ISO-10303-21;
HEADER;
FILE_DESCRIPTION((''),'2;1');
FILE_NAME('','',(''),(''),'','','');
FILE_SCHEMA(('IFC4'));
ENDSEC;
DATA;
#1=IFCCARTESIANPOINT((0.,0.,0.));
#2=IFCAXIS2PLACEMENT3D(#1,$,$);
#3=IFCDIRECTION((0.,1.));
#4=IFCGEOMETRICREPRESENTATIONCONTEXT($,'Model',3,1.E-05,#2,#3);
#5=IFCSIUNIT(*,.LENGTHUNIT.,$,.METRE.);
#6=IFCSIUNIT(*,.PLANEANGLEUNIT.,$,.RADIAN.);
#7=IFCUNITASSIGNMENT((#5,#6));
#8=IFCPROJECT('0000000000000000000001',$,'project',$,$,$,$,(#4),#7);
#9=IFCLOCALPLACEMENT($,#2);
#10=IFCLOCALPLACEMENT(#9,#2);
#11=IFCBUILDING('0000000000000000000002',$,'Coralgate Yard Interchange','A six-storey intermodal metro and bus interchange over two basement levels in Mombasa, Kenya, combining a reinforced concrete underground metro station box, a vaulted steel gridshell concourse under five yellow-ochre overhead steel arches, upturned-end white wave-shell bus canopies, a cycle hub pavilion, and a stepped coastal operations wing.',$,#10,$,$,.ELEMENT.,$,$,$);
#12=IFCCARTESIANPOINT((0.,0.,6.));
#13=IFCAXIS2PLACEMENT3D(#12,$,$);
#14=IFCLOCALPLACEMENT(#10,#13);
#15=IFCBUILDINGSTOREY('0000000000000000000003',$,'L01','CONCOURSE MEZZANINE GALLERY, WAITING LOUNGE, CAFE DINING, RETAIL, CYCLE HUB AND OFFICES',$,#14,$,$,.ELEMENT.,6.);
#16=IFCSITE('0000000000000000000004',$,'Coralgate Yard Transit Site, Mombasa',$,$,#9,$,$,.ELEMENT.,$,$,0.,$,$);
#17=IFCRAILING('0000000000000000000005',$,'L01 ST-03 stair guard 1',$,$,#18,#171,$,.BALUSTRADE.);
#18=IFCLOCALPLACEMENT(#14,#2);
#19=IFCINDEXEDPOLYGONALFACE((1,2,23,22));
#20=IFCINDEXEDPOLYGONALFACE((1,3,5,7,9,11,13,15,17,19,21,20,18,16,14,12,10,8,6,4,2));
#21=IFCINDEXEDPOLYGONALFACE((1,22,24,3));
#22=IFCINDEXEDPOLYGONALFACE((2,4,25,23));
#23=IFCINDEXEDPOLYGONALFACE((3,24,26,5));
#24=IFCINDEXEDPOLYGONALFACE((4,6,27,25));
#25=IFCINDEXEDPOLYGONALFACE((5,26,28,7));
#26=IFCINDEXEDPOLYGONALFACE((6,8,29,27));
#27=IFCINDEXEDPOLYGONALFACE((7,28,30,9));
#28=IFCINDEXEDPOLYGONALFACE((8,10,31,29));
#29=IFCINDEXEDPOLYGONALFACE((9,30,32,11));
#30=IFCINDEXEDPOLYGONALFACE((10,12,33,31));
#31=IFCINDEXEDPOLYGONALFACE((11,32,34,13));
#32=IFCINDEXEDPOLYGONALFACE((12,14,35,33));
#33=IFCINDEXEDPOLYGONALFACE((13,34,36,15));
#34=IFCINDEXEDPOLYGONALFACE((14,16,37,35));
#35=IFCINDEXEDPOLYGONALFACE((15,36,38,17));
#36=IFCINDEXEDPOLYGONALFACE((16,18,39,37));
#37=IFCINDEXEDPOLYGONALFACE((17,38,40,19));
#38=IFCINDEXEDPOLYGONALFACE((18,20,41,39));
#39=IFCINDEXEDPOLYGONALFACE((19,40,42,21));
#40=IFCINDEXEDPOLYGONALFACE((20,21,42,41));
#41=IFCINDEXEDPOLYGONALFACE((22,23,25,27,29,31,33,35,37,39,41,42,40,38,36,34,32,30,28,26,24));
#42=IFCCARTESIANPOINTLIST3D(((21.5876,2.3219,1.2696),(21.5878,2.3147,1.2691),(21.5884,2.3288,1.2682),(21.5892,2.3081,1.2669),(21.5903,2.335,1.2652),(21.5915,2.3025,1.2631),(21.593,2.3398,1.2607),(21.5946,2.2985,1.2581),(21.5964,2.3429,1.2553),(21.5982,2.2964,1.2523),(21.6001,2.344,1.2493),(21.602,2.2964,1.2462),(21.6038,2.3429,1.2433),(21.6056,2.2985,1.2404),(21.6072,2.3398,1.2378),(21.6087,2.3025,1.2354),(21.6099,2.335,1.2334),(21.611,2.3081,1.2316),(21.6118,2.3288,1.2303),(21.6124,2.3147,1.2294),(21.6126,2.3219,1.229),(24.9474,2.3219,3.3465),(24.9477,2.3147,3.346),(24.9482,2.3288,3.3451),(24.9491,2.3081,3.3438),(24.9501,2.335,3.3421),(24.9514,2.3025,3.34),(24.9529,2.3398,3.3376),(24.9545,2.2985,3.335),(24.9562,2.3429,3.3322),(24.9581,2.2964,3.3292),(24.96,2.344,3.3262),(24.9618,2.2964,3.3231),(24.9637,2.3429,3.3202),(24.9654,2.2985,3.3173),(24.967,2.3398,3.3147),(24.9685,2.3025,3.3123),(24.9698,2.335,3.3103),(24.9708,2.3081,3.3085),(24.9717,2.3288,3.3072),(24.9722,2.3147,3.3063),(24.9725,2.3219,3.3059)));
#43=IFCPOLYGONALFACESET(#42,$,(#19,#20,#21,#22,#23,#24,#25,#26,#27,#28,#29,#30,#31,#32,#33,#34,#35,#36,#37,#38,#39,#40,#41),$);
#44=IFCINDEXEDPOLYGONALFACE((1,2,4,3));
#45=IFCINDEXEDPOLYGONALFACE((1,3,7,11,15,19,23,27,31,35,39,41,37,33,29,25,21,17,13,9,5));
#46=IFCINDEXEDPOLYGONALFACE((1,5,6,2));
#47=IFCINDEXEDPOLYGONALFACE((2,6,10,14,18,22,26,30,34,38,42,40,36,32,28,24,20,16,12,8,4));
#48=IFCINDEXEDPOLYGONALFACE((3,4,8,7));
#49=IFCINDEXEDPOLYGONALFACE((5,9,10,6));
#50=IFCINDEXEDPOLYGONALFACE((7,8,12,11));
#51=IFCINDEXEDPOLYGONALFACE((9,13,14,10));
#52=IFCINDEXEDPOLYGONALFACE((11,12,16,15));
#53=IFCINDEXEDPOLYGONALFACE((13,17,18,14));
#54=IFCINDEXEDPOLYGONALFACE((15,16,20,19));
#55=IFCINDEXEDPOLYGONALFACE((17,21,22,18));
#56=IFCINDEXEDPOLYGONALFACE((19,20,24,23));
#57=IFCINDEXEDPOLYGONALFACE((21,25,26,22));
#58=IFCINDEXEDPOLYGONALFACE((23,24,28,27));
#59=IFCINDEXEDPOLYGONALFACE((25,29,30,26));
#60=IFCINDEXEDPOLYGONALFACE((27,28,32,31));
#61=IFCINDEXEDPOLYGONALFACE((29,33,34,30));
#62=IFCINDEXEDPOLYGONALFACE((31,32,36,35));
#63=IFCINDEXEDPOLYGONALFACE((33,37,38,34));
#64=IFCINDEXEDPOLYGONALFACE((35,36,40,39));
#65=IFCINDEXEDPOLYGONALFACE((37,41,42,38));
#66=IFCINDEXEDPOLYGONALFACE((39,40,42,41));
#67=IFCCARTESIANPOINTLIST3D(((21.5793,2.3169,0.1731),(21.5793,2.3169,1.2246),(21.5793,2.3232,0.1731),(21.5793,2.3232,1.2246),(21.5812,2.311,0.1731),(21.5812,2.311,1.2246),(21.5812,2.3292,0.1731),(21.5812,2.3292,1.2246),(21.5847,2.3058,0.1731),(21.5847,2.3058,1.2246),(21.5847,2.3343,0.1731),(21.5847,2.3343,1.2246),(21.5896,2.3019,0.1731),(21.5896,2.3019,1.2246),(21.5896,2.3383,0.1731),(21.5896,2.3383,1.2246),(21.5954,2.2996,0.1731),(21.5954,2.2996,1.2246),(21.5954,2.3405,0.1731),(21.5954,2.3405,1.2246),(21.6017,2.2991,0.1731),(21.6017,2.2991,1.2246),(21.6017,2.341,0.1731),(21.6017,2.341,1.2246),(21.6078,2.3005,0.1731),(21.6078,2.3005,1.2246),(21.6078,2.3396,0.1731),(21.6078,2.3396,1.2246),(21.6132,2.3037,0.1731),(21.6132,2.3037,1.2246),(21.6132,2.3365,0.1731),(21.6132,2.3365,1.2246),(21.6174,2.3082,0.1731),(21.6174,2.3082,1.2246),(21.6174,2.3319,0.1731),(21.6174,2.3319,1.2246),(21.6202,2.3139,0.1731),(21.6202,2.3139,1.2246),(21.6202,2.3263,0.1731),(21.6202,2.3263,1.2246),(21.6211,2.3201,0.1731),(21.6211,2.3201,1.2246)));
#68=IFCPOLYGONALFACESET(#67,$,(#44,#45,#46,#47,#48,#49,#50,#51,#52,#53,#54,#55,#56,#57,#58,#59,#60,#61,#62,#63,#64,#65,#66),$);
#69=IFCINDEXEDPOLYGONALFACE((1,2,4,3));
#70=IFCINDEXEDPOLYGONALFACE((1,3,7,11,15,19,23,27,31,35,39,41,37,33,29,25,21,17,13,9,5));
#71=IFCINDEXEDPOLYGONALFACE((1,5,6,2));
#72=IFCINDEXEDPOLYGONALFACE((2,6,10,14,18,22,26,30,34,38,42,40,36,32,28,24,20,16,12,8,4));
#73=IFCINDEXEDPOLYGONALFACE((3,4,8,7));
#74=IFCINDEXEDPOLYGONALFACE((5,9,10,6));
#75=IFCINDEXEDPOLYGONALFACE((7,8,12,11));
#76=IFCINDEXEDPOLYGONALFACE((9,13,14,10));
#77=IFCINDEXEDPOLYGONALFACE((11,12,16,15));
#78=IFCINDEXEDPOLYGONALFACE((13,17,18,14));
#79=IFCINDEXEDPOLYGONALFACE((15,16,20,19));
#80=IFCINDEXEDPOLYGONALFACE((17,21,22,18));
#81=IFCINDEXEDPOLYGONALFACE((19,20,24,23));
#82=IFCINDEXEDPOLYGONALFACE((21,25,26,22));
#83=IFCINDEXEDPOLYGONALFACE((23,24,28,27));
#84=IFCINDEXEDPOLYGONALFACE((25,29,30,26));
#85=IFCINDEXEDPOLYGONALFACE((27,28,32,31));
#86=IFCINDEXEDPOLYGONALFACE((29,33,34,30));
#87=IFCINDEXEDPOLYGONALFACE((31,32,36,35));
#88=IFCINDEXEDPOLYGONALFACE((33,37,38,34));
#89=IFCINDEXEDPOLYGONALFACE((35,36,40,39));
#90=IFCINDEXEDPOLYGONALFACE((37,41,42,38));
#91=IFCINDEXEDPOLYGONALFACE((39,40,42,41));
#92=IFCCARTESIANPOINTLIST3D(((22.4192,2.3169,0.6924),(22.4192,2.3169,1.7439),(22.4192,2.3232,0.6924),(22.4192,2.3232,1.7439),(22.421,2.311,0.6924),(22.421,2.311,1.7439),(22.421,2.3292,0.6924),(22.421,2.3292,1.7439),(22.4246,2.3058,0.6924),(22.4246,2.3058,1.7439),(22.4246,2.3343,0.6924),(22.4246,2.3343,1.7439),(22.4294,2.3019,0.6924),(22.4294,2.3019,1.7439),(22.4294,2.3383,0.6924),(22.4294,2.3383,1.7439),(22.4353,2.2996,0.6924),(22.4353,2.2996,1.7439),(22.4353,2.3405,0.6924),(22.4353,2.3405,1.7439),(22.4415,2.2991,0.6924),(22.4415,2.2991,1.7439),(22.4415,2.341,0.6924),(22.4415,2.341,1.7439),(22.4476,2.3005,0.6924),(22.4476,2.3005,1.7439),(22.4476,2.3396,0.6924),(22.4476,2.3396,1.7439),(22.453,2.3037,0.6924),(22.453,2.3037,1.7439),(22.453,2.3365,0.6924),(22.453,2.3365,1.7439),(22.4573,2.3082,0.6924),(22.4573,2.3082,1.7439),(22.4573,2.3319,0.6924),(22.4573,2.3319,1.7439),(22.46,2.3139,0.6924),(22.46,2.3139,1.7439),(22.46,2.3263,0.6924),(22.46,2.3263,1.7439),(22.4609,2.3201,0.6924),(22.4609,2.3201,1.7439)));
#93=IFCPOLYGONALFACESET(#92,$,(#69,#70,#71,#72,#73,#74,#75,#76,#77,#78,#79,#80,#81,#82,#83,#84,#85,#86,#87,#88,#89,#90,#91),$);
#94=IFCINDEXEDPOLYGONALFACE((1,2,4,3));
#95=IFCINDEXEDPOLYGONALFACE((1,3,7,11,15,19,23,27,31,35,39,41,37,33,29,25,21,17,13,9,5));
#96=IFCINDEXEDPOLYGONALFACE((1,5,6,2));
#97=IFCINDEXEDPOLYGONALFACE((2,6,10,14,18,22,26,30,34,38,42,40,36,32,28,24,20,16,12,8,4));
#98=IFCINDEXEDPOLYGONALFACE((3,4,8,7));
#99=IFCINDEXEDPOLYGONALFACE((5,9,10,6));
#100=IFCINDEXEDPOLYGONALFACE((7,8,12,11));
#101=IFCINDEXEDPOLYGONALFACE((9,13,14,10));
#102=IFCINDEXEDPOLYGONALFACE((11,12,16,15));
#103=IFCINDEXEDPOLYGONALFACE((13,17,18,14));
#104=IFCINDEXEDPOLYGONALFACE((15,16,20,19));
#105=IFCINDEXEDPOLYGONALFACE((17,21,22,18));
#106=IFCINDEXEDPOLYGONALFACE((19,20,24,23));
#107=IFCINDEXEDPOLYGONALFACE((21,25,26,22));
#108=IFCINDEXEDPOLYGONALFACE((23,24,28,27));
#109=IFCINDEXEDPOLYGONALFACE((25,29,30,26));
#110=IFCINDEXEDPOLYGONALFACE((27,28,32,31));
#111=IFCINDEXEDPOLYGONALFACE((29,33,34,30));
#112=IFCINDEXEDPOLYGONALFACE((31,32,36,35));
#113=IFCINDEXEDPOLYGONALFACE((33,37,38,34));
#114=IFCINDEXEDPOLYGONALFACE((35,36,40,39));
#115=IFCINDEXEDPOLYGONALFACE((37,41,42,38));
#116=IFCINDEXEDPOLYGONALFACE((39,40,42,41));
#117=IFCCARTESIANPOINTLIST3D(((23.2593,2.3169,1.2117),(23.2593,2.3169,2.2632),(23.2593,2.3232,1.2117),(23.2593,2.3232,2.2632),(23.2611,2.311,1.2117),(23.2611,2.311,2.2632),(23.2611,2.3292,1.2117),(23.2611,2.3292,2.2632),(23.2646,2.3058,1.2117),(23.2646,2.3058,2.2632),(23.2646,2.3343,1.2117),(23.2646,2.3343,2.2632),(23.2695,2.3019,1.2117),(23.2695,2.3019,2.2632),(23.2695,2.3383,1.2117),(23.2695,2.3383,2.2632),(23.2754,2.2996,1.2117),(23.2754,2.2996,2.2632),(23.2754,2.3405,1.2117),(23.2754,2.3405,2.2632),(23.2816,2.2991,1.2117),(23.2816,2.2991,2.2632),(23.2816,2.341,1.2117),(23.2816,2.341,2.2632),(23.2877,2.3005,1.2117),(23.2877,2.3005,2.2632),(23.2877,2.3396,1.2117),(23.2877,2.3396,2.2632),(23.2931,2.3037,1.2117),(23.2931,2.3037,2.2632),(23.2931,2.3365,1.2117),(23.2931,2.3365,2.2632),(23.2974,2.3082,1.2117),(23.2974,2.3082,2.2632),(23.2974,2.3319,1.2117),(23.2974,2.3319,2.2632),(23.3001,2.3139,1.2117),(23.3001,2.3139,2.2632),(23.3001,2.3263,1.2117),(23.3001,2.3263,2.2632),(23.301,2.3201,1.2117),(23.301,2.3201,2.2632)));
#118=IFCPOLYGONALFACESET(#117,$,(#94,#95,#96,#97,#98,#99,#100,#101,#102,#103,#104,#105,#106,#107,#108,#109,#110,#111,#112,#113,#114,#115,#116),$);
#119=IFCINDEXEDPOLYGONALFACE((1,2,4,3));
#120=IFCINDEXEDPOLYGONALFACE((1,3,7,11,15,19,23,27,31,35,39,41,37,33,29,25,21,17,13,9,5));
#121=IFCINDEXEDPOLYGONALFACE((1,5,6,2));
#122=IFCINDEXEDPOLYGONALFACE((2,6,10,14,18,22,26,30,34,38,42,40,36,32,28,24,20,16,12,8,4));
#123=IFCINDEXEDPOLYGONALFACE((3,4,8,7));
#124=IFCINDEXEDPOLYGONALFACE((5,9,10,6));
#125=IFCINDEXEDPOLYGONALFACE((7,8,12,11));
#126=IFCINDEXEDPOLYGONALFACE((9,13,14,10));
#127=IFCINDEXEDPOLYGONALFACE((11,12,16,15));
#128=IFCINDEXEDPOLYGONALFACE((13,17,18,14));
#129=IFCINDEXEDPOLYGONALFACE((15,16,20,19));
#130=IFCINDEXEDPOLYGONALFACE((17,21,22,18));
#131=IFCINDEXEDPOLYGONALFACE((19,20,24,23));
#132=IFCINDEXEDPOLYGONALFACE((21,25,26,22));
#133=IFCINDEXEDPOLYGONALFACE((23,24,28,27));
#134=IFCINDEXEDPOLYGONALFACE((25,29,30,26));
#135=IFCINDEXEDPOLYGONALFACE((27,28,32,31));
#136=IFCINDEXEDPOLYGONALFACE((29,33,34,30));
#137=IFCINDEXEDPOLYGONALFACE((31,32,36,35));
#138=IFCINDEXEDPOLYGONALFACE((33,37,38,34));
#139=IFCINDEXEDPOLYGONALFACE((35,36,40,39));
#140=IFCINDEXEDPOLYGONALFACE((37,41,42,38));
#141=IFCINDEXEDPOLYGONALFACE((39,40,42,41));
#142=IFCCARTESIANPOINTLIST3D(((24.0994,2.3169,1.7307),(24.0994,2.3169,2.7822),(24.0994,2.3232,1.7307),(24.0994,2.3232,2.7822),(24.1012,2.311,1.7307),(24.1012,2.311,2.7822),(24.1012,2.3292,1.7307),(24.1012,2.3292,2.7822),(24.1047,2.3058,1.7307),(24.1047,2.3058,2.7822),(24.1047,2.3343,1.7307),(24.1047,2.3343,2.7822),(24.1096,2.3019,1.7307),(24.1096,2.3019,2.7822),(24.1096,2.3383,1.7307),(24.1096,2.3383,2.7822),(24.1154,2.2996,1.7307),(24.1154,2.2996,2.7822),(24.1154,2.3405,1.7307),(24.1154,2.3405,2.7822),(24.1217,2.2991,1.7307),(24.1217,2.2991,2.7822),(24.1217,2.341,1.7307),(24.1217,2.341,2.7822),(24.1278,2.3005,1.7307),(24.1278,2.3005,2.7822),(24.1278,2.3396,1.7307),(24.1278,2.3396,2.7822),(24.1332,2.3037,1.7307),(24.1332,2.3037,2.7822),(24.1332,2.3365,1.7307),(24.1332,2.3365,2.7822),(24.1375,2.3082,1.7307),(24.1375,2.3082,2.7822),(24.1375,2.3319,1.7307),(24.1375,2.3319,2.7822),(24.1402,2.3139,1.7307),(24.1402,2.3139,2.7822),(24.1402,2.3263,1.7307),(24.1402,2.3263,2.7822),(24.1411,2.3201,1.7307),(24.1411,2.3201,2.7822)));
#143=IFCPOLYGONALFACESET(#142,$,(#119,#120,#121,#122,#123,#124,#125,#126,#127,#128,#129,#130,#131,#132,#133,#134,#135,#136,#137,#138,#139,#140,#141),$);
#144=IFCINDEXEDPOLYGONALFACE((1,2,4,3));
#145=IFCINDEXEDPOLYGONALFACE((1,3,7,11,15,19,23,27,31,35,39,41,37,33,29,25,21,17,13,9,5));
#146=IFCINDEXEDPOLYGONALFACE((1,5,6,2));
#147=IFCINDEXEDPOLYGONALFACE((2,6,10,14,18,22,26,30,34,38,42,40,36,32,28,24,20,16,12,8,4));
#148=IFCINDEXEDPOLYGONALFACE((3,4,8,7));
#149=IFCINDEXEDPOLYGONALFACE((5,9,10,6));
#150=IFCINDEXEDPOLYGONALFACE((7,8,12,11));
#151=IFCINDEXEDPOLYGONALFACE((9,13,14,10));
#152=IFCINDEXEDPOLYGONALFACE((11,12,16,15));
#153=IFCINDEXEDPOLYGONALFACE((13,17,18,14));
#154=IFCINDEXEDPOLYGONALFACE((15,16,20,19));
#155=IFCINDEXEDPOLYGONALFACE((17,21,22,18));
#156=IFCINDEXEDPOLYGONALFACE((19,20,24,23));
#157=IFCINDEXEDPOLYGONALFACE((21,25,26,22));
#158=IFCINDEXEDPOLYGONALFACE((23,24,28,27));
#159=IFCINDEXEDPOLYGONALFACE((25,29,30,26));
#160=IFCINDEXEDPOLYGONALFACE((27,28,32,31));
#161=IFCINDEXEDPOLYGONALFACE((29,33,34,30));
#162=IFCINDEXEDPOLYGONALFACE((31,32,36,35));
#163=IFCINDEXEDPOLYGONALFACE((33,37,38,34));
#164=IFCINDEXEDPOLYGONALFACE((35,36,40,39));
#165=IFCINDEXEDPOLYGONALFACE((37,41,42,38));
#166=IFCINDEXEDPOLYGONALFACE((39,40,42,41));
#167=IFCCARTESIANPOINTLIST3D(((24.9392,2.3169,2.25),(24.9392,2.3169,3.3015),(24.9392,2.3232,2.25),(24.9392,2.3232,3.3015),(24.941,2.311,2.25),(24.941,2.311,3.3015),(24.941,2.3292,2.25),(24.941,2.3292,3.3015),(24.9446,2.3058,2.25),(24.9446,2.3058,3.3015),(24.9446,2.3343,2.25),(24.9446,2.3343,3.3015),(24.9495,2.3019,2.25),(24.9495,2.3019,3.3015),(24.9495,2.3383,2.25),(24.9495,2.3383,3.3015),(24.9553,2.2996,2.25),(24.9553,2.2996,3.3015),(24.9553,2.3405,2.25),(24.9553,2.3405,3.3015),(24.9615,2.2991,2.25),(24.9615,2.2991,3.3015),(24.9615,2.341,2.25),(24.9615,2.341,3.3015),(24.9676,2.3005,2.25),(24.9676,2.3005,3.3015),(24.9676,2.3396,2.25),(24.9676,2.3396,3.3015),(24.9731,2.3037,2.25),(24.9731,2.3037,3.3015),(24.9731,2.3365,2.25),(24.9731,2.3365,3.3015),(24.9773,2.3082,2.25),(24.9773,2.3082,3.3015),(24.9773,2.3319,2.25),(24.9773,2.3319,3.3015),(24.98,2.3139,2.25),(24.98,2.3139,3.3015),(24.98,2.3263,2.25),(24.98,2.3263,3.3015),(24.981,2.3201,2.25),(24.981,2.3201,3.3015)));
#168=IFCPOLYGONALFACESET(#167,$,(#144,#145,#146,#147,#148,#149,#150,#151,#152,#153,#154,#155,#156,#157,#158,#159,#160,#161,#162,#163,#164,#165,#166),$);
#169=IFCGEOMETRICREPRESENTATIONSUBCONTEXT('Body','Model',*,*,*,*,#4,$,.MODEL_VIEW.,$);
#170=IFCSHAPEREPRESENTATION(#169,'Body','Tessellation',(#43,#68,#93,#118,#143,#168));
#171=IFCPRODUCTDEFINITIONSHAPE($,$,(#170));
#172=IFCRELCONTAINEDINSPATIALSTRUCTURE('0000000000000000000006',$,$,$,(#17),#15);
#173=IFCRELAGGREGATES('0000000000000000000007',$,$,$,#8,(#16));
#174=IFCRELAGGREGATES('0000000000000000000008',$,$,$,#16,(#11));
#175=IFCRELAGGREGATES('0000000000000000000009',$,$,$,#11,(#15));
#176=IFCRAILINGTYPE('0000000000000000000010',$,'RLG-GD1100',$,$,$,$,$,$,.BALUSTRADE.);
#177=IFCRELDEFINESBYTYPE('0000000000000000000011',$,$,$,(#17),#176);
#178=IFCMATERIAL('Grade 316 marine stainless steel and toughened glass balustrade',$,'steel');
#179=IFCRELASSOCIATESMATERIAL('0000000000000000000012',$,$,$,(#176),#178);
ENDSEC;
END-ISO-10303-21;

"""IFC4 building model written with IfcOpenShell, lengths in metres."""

from ifc_helpers import new_model, si_unit, direction, frame, origin, origin_2d, place, context, subcontext, project, spatial, circle, extrude, material, type_object, element, save


model = new_model("IFC4")

# Units and contexts
model_context = context("Model", 3, precision=1e-05, world=origin(), true_north=direction((0.0, 1.0)))
body_context = subcontext(model_context, "Body", "Model", "MODEL_VIEW")
ifc_project = project(units=[si_unit("LENGTHUNIT", "METRE"), si_unit("PLANEANGLEUNIT", "RADIAN")], contexts=[model_context])

# Site, building, storey
site_placement = place(None, origin())
site = spatial("IfcSite", under=ifc_project, at=site_placement, Name="Coralgate Yard Transit Site, Mombasa", CompositionType="ELEMENT", RefElevation=0.0)
building_placement = place(site_placement, origin())
building = spatial("IfcBuilding", under=site, at=building_placement, Name="Coralgate Yard Interchange", Description="A six-storey intermodal metro and bus interchange over two basement levels in Mombasa, Kenya, combining a reinforced concrete underground metro station box, a vaulted steel gridshell concourse under five yellow-ochre overhead steel arches, upturned-end white wave-shell bus canopies, a cycle hub pavilion, and a stepped coastal operations wing.", CompositionType="ELEMENT")
storey_placement = place(building_placement, frame((0.0, 0.0, 6.0)))
storey = spatial("IfcBuildingStorey", under=building, at=storey_placement, Name="L01", Description="CONCOURSE MEZZANINE GALLERY, WAITING LOUNGE, CAFE DINING, RETAIL, CYCLE HUB AND OFFICES", CompositionType="ELEMENT", Elevation=6.0)

# Railing
ifc_material_1 = material(Name="Grade 316 marine stainless steel and toughened glass balustrade", Category="steel")
railing_type_1 = type_object("IfcRailingType", Name="RLG-GD1100", PredefinedType="BALUSTRADE", material=ifc_material_1)
railing_1_placement = place(storey_placement, frame((21.6001, 2.3201, 0.1731)))
element("IfcRailing", 1, at=railing_1_placement, inside=storey, type_object=railing_type_1, Name="L01 ST-03 stair guard 1", PredefinedType="BALUSTRADE", context=body_context, shape_type="SweptSolid", body=[
    extrude(circle(Radius=0.0239, at=origin_2d()), frame((0.0, 0.0, 1.0762), z_axis=(0.850606, 0.0, 0.525803), x_axis=(0.0, 1.0, 0.0)), (0.0, 0.0, 1.0), 3.95),
    extrude(circle(Radius=0.021, at=origin_2d()), origin(), (0.0, 0.0, 1.0), 1.0515),
    extrude(circle(Radius=0.021, at=origin_2d()), frame((0.8398, 0.0, 0.5193)), (0.0, 0.0, 1.0), 1.0515),
    extrude(circle(Radius=0.021, at=origin_2d()), frame((1.6799, 0.0, 1.0386)), (0.0, 0.0, 1.0), 1.0515),
    extrude(circle(Radius=0.021, at=origin_2d()), frame((2.52, 0.0, 1.5576)), (0.0, 0.0, 1.0), 1.0515),
    extrude(circle(Radius=0.021, at=origin_2d()), frame((3.3599, 0.0, 2.0769)), (0.0, 0.0, 1.0), 1.0515),
])

save(model, "model.ifc")
